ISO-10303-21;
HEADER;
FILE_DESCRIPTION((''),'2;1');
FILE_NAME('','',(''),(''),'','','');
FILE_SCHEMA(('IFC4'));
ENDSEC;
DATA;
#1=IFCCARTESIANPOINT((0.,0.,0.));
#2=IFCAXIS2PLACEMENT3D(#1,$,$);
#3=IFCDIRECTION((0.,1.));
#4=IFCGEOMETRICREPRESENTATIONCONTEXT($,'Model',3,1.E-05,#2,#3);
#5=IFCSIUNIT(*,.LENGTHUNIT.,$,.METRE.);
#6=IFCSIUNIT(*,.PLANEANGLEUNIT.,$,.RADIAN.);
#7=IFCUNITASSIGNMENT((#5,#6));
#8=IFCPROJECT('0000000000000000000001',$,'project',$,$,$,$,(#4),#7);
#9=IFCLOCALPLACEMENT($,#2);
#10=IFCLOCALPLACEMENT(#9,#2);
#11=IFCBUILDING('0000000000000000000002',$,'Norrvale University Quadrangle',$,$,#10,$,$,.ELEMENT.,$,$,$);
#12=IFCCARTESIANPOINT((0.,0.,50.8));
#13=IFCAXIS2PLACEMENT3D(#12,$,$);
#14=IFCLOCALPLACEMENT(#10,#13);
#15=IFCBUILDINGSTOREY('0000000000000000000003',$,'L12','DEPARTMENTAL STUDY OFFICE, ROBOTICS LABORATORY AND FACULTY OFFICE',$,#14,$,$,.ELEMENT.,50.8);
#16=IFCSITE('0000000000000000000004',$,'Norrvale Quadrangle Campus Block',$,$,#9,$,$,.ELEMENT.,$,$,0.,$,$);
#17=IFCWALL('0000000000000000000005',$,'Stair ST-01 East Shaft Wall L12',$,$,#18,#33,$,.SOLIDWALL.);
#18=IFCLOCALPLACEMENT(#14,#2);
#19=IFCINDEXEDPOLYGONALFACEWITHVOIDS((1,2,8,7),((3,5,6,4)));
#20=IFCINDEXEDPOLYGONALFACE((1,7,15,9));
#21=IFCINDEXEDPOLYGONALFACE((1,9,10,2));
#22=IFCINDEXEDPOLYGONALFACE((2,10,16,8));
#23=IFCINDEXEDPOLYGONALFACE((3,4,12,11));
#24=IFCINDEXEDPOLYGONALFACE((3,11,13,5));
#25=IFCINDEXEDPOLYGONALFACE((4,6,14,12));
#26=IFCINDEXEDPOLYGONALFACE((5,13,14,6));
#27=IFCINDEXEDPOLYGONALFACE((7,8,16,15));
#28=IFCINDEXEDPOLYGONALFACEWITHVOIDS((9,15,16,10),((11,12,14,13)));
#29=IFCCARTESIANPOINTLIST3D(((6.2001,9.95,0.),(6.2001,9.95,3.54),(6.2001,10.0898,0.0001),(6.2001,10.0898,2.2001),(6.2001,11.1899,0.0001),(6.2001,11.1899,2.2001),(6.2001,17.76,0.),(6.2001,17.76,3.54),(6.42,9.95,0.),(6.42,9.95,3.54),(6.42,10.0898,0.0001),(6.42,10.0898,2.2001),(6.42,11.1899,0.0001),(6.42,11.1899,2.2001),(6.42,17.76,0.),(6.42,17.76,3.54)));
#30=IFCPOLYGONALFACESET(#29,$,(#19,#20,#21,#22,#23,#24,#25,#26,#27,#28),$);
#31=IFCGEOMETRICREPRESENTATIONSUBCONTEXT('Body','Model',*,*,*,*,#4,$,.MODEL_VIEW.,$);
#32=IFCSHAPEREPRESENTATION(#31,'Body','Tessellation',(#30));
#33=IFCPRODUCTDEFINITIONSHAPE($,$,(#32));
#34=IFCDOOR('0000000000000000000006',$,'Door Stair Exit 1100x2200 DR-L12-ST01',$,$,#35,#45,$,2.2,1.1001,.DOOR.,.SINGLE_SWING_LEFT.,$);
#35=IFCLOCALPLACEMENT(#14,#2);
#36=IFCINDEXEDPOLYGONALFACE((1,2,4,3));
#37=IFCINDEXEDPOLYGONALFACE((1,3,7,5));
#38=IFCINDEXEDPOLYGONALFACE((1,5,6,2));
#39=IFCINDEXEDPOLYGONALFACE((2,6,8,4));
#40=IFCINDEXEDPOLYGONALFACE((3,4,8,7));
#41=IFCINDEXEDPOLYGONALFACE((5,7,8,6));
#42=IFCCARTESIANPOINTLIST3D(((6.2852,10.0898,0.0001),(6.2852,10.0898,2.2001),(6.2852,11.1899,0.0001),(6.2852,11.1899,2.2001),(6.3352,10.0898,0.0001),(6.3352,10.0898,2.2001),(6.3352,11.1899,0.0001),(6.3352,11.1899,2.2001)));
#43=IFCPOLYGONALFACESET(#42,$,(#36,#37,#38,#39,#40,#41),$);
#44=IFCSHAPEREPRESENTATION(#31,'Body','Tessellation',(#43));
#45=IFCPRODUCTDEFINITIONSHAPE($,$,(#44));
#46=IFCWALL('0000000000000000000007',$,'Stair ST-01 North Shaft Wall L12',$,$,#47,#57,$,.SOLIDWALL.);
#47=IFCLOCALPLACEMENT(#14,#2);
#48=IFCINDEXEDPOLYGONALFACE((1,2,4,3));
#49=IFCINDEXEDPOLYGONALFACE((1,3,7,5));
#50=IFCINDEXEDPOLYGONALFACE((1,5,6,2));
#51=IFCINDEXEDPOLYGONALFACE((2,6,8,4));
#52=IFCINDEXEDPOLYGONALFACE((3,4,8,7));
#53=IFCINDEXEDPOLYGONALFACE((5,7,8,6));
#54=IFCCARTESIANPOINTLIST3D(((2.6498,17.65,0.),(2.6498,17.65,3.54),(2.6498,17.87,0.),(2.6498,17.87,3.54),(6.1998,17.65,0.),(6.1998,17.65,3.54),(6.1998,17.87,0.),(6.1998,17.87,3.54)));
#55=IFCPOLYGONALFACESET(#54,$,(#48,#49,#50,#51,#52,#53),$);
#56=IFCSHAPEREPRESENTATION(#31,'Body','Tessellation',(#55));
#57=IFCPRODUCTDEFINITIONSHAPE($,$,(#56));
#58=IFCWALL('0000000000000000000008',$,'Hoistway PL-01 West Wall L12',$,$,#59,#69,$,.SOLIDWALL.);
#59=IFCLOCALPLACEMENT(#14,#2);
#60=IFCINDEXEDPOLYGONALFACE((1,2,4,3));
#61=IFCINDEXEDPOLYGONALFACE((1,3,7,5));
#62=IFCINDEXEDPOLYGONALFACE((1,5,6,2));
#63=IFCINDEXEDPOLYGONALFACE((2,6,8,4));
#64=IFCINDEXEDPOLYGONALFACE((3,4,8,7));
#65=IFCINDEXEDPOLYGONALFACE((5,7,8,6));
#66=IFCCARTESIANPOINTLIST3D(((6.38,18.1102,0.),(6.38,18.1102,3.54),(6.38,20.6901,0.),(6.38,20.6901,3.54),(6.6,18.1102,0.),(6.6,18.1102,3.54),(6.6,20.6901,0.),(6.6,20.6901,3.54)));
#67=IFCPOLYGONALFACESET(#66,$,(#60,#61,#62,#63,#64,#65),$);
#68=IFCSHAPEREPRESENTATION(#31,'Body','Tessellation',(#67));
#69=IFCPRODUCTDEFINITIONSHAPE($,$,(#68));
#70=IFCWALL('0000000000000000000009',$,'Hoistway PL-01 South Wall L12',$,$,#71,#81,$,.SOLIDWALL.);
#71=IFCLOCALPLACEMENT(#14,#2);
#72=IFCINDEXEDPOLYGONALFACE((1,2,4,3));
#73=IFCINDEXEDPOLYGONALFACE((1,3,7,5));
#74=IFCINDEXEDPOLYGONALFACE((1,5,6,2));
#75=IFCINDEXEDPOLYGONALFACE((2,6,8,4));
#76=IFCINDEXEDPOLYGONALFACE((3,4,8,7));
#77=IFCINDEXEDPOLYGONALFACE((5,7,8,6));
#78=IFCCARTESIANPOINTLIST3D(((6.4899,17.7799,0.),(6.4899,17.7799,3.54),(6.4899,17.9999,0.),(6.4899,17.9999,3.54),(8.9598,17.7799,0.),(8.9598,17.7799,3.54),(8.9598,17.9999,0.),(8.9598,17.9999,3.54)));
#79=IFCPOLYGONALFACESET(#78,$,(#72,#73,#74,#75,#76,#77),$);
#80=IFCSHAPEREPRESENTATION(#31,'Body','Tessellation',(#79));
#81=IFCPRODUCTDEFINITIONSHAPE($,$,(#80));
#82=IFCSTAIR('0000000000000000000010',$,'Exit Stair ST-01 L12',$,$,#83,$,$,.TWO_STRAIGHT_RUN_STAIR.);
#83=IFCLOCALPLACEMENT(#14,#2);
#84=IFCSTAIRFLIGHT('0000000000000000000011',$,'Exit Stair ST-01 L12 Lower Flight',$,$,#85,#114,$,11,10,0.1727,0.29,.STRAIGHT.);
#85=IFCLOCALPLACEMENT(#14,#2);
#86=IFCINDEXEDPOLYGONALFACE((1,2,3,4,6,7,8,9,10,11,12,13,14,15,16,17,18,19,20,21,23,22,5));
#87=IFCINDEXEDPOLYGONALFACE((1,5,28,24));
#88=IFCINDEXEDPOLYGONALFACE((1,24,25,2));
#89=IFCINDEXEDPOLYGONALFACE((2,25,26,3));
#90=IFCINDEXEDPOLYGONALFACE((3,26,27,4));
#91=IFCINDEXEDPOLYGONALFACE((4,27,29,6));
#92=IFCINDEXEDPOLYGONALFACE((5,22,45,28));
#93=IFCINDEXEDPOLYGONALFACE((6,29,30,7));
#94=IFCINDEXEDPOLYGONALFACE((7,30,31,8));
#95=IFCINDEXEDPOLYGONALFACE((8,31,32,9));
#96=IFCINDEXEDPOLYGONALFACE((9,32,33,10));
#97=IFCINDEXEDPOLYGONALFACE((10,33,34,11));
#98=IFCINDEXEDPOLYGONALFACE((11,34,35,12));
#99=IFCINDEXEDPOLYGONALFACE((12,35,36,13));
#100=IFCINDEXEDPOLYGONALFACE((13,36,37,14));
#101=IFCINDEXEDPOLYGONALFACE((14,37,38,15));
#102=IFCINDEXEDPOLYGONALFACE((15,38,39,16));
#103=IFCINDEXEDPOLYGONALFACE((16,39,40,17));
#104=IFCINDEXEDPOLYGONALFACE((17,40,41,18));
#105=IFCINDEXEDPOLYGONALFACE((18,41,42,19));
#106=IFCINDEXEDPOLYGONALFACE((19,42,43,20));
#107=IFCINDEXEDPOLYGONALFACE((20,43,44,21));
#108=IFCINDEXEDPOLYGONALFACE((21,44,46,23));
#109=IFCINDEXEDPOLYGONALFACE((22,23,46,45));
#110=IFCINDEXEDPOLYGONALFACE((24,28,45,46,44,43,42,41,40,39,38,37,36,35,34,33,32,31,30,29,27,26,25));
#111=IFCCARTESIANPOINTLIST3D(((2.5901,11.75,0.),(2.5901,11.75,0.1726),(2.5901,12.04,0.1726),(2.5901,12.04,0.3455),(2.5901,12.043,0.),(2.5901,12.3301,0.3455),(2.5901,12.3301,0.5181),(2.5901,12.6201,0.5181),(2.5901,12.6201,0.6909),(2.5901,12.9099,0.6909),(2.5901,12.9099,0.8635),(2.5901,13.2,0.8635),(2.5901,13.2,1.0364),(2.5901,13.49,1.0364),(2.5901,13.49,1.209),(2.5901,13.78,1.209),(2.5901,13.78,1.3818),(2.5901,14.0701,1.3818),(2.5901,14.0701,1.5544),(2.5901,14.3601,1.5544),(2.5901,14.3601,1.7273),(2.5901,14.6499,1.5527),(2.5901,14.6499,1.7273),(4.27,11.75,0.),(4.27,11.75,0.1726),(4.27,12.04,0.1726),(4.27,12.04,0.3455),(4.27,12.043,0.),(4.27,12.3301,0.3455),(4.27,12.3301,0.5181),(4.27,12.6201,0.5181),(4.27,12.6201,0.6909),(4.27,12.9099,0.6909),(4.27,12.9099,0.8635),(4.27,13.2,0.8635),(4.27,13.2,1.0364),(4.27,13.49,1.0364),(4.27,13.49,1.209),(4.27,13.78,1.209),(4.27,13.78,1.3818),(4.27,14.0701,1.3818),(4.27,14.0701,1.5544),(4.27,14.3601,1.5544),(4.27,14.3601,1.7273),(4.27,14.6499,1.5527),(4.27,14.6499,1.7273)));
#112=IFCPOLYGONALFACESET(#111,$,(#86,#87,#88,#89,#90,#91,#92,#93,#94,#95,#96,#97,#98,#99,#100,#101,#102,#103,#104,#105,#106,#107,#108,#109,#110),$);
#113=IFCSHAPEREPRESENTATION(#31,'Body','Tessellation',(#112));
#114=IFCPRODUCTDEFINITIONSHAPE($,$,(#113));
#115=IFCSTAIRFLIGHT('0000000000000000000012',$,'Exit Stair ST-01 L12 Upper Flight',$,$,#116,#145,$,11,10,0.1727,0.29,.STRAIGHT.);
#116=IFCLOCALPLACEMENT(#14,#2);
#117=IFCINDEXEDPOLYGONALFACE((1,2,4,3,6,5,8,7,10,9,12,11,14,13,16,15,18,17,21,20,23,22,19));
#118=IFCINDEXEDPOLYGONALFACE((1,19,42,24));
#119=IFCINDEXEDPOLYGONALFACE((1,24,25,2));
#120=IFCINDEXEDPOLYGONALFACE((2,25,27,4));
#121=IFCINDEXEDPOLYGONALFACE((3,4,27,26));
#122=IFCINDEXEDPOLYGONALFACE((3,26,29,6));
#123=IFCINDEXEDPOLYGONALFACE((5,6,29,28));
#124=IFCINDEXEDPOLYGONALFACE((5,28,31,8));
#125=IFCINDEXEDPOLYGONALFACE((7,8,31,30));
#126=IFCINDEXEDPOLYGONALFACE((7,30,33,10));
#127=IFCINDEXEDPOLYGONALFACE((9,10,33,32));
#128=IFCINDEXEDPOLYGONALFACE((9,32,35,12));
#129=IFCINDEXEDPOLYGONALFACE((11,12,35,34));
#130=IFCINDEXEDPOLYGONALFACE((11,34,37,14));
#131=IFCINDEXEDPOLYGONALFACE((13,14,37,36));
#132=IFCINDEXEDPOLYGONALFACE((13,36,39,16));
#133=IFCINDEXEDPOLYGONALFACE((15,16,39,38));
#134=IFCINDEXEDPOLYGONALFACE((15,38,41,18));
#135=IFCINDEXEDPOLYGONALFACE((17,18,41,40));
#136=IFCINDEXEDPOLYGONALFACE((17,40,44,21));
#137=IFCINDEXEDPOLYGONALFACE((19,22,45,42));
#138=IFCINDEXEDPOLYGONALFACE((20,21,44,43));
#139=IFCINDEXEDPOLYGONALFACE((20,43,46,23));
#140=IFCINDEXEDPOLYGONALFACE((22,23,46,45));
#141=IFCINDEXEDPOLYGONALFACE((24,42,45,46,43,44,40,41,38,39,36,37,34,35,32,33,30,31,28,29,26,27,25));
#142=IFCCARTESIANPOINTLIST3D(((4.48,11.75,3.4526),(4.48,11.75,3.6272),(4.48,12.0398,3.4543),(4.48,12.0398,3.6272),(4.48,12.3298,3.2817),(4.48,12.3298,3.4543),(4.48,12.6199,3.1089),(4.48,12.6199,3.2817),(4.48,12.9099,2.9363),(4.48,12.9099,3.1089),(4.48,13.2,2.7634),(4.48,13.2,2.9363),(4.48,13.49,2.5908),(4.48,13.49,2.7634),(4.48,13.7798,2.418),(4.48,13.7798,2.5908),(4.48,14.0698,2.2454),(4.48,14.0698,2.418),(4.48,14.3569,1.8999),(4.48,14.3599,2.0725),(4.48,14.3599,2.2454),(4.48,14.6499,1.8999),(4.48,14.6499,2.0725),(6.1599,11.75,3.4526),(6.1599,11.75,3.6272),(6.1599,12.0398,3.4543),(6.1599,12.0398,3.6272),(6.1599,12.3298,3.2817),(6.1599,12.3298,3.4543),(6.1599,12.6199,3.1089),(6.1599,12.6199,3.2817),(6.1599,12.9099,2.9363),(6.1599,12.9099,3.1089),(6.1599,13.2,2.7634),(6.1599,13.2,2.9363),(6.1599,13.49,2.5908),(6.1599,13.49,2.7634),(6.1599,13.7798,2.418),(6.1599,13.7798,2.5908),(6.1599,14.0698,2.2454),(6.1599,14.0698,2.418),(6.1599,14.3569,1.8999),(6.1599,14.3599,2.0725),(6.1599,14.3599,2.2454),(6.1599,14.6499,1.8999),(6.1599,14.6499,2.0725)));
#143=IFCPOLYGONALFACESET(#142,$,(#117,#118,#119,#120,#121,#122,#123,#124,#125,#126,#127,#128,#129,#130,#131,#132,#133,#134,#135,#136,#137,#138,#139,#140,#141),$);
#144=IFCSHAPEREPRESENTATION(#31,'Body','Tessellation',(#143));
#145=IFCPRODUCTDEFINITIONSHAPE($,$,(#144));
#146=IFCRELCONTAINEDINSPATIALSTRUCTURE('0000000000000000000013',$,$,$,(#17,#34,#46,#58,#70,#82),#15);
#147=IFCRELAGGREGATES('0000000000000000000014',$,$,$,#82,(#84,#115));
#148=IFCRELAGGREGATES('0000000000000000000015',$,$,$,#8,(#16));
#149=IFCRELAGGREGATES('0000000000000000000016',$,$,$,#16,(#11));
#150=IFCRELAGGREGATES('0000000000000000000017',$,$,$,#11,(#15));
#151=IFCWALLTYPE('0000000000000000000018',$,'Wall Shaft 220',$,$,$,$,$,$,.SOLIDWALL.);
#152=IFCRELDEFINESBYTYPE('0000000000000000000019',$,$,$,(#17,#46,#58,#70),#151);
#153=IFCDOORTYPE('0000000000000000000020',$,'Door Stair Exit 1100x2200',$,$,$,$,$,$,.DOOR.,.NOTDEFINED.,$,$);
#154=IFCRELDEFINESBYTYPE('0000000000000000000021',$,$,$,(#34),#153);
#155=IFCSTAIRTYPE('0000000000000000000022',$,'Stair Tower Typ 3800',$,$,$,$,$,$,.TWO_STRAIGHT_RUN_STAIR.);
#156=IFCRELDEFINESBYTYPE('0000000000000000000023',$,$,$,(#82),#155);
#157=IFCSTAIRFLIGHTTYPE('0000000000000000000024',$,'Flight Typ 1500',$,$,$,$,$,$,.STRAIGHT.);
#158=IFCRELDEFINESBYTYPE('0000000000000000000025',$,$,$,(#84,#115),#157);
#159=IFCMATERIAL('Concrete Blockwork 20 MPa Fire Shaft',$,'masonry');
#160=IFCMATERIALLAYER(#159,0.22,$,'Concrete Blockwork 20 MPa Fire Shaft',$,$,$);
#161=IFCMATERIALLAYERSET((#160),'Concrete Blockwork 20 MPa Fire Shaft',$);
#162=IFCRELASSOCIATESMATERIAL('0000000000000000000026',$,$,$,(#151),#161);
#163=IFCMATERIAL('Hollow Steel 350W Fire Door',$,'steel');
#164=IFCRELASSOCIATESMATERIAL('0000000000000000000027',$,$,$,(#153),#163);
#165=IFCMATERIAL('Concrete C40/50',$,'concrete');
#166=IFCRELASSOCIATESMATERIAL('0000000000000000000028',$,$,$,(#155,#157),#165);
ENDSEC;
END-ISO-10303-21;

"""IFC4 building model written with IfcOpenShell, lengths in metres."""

from ifc_helpers import new_model, si_unit, direction, frame, frame_2d, origin, place, context, subcontext, project, spatial, polyline, rectangle, outline, extrude, material, layer, layer_set, type_object, element, fill, aggregate, save


model = new_model("IFC4")

# Units and contexts
model_context = context("Model", 3, precision=1e-05, world=origin(), true_north=direction((0.0, 1.0)))
body_context = subcontext(model_context, "Body", "Model", "MODEL_VIEW")
ifc_project = project(units=[si_unit("LENGTHUNIT", "METRE"), si_unit("PLANEANGLEUNIT", "RADIAN")], contexts=[model_context])

# Site, building, storey
site_placement = place(None, origin())
site = spatial("IfcSite", under=ifc_project, at=site_placement, Name="Norrvale Quadrangle Campus Block", CompositionType="ELEMENT", RefElevation=0.0)
building_placement = place(site_placement, origin())
building = spatial("IfcBuilding", under=site, at=building_placement, Name="Norrvale University Quadrangle", CompositionType="ELEMENT")
storey_placement = place(building_placement, frame((0.0, 0.0, 50.8)))
storey = spatial("IfcBuildingStorey", under=building, at=storey_placement, Name="L12", Description="DEPARTMENTAL STUDY OFFICE, ROBOTICS LABORATORY AND FACULTY OFFICE", CompositionType="ELEMENT", Elevation=50.8)

# Wall, opening, door
ifc_material_1 = material(Name="Concrete Blockwork 20 MPa Fire Shaft", Category="masonry")
ifc_layer_1 = layer(ifc_material_1, 0.22, Name="Concrete Blockwork 20 MPa Fire Shaft")
ifc_layer_set_1 = layer_set([ifc_layer_1], Name="Concrete Blockwork 20 MPa Fire Shaft")
wall_type_1 = type_object("IfcWallType", Name="Wall Shaft 220", PredefinedType="SOLIDWALL", material=ifc_layer_set_1)
wall_1_placement = place(storey_placement, frame((6.3101, 9.95, 0.0), z_axis=(0.0, 0.0, 1.0), x_axis=(0.0, 1.0, 0.0)))
wall_1 = element("IfcWall", 1, at=wall_1_placement, inside=storey, type_object=wall_type_1, Name="Stair ST-01 East Shaft Wall L12", PredefinedType="SOLIDWALL", context=body_context, shape_type="SweptSolid", body=[
    extrude(rectangle(XDim=7.8101, YDim=0.22, at=frame_2d((3.905, 0.0))), origin(), (0.0, 0.0, 1.0), 3.54),
])
opening_1_placement = place(wall_1_placement, frame((0.1399, 0.0, 0.0)))
opening_1 = element("IfcOpeningElement", 2, at=opening_1_placement, cuts=wall_1, PredefinedType="OPENING", context=body_context, shape_type="SweptSolid", body=[
    extrude(rectangle(XDim=1.1001, YDim=2.2, at=frame_2d((0.55, 1.1001))), frame((0.0, 0.1221, 0.0), z_axis=(0.0, -1.0, 0.0), x_axis=(1.0, 0.0, 0.0)), (0.0, 0.0, 1.0), 0.2439),
])
ifc_material_2 = material(Name="Hollow Steel 350W Fire Door", Category="steel")
door_type_1 = type_object("IfcDoorType", Name="Door Stair Exit 1100x2200", OperationType="NOTDEFINED", PredefinedType="DOOR", material=ifc_material_2)
door_1_placement = place(opening_1_placement, origin())
door_1 = element("IfcDoor", 3, at=door_1_placement, inside=storey, type_object=door_type_1, Name="Door Stair Exit 1100x2200 DR-L12-ST01", OperationType="SINGLE_SWING_LEFT", OverallHeight=2.2, OverallWidth=1.1001, PredefinedType="DOOR", context=body_context, shape_type="SweptSolid", body=[
    extrude(rectangle(XDim=1.1001, YDim=2.2, at=frame_2d((0.55, 1.1001))), frame((0.0, 0.0249, 0.0), z_axis=(0.0, -1.0, 0.0), x_axis=(1.0, 0.0, 0.0)), (0.0, 0.0, 1.0), 0.05),
])
fill(opening_1, door_1)

# Walls
wall_2_placement = place(storey_placement, frame((2.6499, 17.76, 0.0), z_axis=(0.0, 0.0, 1.0), x_axis=(1.0, 0.0, 0.0)))
element("IfcWall", 4, at=wall_2_placement, inside=storey, type_object=wall_type_1, Name="Stair ST-01 North Shaft Wall L12", PredefinedType="SOLIDWALL", context=body_context, shape_type="SweptSolid", body=[
    extrude(rectangle(XDim=3.55, YDim=0.22, at=frame_2d((1.7749, 0.0))), origin(), (0.0, 0.0, 1.0), 3.54),
])
wall_3_placement = place(storey_placement, frame((6.49, 18.1101, 0.0), z_axis=(0.0, 0.0, 1.0), x_axis=(0.0, 1.0, 0.0)))
element("IfcWall", 5, at=wall_3_placement, inside=storey, type_object=wall_type_1, Name="Hoistway PL-01 West Wall L12", PredefinedType="SOLIDWALL", context=body_context, shape_type="SweptSolid", body=[
    extrude(rectangle(XDim=2.5798, YDim=0.22, at=frame_2d((1.29, 0.0))), origin(), (0.0, 0.0, 1.0), 3.54),
])
wall_4_placement = place(storey_placement, frame((6.49, 17.8899, 0.0), z_axis=(0.0, 0.0, 1.0), x_axis=(1.0, 0.0, 0.0)))
element("IfcWall", 6, at=wall_4_placement, inside=storey, type_object=wall_type_1, Name="Hoistway PL-01 South Wall L12", PredefinedType="SOLIDWALL", context=body_context, shape_type="SweptSolid", body=[
    extrude(rectangle(XDim=2.47, YDim=0.22, at=frame_2d((1.2349, 0.0))), origin(), (0.0, 0.0, 1.0), 3.54),
])

# Stair, stair flights
ifc_material_3 = material(Name="Concrete C40/50", Category="concrete")
stair_type = type_object("IfcStairType", Name="Stair Tower Typ 3800", PredefinedType="TWO_STRAIGHT_RUN_STAIR", material=ifc_material_3)
stair_placement = place(storey_placement, origin())
stair = element("IfcStair", 7, at=stair_placement, inside=storey, type_object=stair_type, Name="Exit Stair ST-01 L12", PredefinedType="TWO_STRAIGHT_RUN_STAIR")
stair_flight_type = type_object("IfcStairFlightType", Name="Flight Typ 1500", PredefinedType="STRAIGHT", material=ifc_material_3)
stair_flight_1_placement = place(storey_placement, frame((3.4299, 11.75, 0.0), z_axis=(0.0, 0.0, 1.0), x_axis=(0.0, 1.0, 0.0)))
stair_flight_1 = element("IfcStairFlight", 8, at=stair_flight_1_placement, type_object=stair_flight_type, Name="Exit Stair ST-01 L12 Lower Flight", NumberOfRisers=11, NumberOfTreads=10, PredefinedType="STRAIGHT", RiserHeight=0.1727, TreadLength=0.29, context=body_context, shape_type="SweptSolid", body=[
    extrude(outline(polyline([(0.0, 0.0), (0.0, 0.1726), (0.29, 0.1726), (0.29, 0.3455), (0.5801, 0.3455), (0.5801, 0.5181), (0.8701, 0.5181), (0.8701, 0.6909), (1.1599, 0.6909), (1.1599, 0.8635), (1.45, 0.8635), (1.45, 1.0364), (1.74, 1.0364), (1.74, 1.209), (2.03, 1.209), (2.03, 1.3818), (2.3201, 1.3818), (2.3201, 1.5544), (2.6101, 1.5544), (2.6101, 1.7273), (2.8999, 1.7273), (2.8999, 1.8999), (2.8999, 1.5527), (0.293, 0.0), (0.0, 0.0)])), frame((0.0, 0.8398, 0.0), z_axis=(0.0, -1.0, 0.0), x_axis=(1.0, 0.0, 0.0)), (0.0, 0.0, 1.0), 1.6799),
])
stair_flight_2_placement = place(storey_placement, frame((5.3201, 14.6499, 1.8999), z_axis=(0.0, 0.0, 1.0), x_axis=(0.0, -1.0, 0.0)))
stair_flight_2 = element("IfcStairFlight", 9, at=stair_flight_2_placement, type_object=stair_flight_type, Name="Exit Stair ST-01 L12 Upper Flight", NumberOfRisers=11, NumberOfTreads=10, PredefinedType="STRAIGHT", RiserHeight=0.1727, TreadLength=0.29, context=body_context, shape_type="SweptSolid", body=[
    extrude(outline(polyline([(0.0, 0.0), (0.0, 0.1726), (0.29, 0.1726), (0.29, 0.3455), (0.5801, 0.3455), (0.5801, 0.5181), (0.8701, 0.5181), (0.8701, 0.6909), (1.1599, 0.6909), (1.1599, 0.8635), (1.45, 0.8635), (1.45, 1.0364), (1.74, 1.0364), (1.74, 1.209), (2.03, 1.209), (2.03, 1.3818), (2.3201, 1.3818), (2.3201, 1.5544), (2.6101, 1.5544), (2.6101, 1.7273), (2.8999, 1.7273), (2.8999, 1.8999), (2.8999, 1.5527), (0.293, 0.0), (0.0, 0.0)])), frame((0.0, 0.8398, 0.0), z_axis=(0.0, -1.0, 0.0), x_axis=(1.0, 0.0, 0.0)), (0.0, 0.0, 1.0), 1.6799),
])
aggregate(stair, [stair_flight_1, stair_flight_2])

save(model, "model.ifc")
